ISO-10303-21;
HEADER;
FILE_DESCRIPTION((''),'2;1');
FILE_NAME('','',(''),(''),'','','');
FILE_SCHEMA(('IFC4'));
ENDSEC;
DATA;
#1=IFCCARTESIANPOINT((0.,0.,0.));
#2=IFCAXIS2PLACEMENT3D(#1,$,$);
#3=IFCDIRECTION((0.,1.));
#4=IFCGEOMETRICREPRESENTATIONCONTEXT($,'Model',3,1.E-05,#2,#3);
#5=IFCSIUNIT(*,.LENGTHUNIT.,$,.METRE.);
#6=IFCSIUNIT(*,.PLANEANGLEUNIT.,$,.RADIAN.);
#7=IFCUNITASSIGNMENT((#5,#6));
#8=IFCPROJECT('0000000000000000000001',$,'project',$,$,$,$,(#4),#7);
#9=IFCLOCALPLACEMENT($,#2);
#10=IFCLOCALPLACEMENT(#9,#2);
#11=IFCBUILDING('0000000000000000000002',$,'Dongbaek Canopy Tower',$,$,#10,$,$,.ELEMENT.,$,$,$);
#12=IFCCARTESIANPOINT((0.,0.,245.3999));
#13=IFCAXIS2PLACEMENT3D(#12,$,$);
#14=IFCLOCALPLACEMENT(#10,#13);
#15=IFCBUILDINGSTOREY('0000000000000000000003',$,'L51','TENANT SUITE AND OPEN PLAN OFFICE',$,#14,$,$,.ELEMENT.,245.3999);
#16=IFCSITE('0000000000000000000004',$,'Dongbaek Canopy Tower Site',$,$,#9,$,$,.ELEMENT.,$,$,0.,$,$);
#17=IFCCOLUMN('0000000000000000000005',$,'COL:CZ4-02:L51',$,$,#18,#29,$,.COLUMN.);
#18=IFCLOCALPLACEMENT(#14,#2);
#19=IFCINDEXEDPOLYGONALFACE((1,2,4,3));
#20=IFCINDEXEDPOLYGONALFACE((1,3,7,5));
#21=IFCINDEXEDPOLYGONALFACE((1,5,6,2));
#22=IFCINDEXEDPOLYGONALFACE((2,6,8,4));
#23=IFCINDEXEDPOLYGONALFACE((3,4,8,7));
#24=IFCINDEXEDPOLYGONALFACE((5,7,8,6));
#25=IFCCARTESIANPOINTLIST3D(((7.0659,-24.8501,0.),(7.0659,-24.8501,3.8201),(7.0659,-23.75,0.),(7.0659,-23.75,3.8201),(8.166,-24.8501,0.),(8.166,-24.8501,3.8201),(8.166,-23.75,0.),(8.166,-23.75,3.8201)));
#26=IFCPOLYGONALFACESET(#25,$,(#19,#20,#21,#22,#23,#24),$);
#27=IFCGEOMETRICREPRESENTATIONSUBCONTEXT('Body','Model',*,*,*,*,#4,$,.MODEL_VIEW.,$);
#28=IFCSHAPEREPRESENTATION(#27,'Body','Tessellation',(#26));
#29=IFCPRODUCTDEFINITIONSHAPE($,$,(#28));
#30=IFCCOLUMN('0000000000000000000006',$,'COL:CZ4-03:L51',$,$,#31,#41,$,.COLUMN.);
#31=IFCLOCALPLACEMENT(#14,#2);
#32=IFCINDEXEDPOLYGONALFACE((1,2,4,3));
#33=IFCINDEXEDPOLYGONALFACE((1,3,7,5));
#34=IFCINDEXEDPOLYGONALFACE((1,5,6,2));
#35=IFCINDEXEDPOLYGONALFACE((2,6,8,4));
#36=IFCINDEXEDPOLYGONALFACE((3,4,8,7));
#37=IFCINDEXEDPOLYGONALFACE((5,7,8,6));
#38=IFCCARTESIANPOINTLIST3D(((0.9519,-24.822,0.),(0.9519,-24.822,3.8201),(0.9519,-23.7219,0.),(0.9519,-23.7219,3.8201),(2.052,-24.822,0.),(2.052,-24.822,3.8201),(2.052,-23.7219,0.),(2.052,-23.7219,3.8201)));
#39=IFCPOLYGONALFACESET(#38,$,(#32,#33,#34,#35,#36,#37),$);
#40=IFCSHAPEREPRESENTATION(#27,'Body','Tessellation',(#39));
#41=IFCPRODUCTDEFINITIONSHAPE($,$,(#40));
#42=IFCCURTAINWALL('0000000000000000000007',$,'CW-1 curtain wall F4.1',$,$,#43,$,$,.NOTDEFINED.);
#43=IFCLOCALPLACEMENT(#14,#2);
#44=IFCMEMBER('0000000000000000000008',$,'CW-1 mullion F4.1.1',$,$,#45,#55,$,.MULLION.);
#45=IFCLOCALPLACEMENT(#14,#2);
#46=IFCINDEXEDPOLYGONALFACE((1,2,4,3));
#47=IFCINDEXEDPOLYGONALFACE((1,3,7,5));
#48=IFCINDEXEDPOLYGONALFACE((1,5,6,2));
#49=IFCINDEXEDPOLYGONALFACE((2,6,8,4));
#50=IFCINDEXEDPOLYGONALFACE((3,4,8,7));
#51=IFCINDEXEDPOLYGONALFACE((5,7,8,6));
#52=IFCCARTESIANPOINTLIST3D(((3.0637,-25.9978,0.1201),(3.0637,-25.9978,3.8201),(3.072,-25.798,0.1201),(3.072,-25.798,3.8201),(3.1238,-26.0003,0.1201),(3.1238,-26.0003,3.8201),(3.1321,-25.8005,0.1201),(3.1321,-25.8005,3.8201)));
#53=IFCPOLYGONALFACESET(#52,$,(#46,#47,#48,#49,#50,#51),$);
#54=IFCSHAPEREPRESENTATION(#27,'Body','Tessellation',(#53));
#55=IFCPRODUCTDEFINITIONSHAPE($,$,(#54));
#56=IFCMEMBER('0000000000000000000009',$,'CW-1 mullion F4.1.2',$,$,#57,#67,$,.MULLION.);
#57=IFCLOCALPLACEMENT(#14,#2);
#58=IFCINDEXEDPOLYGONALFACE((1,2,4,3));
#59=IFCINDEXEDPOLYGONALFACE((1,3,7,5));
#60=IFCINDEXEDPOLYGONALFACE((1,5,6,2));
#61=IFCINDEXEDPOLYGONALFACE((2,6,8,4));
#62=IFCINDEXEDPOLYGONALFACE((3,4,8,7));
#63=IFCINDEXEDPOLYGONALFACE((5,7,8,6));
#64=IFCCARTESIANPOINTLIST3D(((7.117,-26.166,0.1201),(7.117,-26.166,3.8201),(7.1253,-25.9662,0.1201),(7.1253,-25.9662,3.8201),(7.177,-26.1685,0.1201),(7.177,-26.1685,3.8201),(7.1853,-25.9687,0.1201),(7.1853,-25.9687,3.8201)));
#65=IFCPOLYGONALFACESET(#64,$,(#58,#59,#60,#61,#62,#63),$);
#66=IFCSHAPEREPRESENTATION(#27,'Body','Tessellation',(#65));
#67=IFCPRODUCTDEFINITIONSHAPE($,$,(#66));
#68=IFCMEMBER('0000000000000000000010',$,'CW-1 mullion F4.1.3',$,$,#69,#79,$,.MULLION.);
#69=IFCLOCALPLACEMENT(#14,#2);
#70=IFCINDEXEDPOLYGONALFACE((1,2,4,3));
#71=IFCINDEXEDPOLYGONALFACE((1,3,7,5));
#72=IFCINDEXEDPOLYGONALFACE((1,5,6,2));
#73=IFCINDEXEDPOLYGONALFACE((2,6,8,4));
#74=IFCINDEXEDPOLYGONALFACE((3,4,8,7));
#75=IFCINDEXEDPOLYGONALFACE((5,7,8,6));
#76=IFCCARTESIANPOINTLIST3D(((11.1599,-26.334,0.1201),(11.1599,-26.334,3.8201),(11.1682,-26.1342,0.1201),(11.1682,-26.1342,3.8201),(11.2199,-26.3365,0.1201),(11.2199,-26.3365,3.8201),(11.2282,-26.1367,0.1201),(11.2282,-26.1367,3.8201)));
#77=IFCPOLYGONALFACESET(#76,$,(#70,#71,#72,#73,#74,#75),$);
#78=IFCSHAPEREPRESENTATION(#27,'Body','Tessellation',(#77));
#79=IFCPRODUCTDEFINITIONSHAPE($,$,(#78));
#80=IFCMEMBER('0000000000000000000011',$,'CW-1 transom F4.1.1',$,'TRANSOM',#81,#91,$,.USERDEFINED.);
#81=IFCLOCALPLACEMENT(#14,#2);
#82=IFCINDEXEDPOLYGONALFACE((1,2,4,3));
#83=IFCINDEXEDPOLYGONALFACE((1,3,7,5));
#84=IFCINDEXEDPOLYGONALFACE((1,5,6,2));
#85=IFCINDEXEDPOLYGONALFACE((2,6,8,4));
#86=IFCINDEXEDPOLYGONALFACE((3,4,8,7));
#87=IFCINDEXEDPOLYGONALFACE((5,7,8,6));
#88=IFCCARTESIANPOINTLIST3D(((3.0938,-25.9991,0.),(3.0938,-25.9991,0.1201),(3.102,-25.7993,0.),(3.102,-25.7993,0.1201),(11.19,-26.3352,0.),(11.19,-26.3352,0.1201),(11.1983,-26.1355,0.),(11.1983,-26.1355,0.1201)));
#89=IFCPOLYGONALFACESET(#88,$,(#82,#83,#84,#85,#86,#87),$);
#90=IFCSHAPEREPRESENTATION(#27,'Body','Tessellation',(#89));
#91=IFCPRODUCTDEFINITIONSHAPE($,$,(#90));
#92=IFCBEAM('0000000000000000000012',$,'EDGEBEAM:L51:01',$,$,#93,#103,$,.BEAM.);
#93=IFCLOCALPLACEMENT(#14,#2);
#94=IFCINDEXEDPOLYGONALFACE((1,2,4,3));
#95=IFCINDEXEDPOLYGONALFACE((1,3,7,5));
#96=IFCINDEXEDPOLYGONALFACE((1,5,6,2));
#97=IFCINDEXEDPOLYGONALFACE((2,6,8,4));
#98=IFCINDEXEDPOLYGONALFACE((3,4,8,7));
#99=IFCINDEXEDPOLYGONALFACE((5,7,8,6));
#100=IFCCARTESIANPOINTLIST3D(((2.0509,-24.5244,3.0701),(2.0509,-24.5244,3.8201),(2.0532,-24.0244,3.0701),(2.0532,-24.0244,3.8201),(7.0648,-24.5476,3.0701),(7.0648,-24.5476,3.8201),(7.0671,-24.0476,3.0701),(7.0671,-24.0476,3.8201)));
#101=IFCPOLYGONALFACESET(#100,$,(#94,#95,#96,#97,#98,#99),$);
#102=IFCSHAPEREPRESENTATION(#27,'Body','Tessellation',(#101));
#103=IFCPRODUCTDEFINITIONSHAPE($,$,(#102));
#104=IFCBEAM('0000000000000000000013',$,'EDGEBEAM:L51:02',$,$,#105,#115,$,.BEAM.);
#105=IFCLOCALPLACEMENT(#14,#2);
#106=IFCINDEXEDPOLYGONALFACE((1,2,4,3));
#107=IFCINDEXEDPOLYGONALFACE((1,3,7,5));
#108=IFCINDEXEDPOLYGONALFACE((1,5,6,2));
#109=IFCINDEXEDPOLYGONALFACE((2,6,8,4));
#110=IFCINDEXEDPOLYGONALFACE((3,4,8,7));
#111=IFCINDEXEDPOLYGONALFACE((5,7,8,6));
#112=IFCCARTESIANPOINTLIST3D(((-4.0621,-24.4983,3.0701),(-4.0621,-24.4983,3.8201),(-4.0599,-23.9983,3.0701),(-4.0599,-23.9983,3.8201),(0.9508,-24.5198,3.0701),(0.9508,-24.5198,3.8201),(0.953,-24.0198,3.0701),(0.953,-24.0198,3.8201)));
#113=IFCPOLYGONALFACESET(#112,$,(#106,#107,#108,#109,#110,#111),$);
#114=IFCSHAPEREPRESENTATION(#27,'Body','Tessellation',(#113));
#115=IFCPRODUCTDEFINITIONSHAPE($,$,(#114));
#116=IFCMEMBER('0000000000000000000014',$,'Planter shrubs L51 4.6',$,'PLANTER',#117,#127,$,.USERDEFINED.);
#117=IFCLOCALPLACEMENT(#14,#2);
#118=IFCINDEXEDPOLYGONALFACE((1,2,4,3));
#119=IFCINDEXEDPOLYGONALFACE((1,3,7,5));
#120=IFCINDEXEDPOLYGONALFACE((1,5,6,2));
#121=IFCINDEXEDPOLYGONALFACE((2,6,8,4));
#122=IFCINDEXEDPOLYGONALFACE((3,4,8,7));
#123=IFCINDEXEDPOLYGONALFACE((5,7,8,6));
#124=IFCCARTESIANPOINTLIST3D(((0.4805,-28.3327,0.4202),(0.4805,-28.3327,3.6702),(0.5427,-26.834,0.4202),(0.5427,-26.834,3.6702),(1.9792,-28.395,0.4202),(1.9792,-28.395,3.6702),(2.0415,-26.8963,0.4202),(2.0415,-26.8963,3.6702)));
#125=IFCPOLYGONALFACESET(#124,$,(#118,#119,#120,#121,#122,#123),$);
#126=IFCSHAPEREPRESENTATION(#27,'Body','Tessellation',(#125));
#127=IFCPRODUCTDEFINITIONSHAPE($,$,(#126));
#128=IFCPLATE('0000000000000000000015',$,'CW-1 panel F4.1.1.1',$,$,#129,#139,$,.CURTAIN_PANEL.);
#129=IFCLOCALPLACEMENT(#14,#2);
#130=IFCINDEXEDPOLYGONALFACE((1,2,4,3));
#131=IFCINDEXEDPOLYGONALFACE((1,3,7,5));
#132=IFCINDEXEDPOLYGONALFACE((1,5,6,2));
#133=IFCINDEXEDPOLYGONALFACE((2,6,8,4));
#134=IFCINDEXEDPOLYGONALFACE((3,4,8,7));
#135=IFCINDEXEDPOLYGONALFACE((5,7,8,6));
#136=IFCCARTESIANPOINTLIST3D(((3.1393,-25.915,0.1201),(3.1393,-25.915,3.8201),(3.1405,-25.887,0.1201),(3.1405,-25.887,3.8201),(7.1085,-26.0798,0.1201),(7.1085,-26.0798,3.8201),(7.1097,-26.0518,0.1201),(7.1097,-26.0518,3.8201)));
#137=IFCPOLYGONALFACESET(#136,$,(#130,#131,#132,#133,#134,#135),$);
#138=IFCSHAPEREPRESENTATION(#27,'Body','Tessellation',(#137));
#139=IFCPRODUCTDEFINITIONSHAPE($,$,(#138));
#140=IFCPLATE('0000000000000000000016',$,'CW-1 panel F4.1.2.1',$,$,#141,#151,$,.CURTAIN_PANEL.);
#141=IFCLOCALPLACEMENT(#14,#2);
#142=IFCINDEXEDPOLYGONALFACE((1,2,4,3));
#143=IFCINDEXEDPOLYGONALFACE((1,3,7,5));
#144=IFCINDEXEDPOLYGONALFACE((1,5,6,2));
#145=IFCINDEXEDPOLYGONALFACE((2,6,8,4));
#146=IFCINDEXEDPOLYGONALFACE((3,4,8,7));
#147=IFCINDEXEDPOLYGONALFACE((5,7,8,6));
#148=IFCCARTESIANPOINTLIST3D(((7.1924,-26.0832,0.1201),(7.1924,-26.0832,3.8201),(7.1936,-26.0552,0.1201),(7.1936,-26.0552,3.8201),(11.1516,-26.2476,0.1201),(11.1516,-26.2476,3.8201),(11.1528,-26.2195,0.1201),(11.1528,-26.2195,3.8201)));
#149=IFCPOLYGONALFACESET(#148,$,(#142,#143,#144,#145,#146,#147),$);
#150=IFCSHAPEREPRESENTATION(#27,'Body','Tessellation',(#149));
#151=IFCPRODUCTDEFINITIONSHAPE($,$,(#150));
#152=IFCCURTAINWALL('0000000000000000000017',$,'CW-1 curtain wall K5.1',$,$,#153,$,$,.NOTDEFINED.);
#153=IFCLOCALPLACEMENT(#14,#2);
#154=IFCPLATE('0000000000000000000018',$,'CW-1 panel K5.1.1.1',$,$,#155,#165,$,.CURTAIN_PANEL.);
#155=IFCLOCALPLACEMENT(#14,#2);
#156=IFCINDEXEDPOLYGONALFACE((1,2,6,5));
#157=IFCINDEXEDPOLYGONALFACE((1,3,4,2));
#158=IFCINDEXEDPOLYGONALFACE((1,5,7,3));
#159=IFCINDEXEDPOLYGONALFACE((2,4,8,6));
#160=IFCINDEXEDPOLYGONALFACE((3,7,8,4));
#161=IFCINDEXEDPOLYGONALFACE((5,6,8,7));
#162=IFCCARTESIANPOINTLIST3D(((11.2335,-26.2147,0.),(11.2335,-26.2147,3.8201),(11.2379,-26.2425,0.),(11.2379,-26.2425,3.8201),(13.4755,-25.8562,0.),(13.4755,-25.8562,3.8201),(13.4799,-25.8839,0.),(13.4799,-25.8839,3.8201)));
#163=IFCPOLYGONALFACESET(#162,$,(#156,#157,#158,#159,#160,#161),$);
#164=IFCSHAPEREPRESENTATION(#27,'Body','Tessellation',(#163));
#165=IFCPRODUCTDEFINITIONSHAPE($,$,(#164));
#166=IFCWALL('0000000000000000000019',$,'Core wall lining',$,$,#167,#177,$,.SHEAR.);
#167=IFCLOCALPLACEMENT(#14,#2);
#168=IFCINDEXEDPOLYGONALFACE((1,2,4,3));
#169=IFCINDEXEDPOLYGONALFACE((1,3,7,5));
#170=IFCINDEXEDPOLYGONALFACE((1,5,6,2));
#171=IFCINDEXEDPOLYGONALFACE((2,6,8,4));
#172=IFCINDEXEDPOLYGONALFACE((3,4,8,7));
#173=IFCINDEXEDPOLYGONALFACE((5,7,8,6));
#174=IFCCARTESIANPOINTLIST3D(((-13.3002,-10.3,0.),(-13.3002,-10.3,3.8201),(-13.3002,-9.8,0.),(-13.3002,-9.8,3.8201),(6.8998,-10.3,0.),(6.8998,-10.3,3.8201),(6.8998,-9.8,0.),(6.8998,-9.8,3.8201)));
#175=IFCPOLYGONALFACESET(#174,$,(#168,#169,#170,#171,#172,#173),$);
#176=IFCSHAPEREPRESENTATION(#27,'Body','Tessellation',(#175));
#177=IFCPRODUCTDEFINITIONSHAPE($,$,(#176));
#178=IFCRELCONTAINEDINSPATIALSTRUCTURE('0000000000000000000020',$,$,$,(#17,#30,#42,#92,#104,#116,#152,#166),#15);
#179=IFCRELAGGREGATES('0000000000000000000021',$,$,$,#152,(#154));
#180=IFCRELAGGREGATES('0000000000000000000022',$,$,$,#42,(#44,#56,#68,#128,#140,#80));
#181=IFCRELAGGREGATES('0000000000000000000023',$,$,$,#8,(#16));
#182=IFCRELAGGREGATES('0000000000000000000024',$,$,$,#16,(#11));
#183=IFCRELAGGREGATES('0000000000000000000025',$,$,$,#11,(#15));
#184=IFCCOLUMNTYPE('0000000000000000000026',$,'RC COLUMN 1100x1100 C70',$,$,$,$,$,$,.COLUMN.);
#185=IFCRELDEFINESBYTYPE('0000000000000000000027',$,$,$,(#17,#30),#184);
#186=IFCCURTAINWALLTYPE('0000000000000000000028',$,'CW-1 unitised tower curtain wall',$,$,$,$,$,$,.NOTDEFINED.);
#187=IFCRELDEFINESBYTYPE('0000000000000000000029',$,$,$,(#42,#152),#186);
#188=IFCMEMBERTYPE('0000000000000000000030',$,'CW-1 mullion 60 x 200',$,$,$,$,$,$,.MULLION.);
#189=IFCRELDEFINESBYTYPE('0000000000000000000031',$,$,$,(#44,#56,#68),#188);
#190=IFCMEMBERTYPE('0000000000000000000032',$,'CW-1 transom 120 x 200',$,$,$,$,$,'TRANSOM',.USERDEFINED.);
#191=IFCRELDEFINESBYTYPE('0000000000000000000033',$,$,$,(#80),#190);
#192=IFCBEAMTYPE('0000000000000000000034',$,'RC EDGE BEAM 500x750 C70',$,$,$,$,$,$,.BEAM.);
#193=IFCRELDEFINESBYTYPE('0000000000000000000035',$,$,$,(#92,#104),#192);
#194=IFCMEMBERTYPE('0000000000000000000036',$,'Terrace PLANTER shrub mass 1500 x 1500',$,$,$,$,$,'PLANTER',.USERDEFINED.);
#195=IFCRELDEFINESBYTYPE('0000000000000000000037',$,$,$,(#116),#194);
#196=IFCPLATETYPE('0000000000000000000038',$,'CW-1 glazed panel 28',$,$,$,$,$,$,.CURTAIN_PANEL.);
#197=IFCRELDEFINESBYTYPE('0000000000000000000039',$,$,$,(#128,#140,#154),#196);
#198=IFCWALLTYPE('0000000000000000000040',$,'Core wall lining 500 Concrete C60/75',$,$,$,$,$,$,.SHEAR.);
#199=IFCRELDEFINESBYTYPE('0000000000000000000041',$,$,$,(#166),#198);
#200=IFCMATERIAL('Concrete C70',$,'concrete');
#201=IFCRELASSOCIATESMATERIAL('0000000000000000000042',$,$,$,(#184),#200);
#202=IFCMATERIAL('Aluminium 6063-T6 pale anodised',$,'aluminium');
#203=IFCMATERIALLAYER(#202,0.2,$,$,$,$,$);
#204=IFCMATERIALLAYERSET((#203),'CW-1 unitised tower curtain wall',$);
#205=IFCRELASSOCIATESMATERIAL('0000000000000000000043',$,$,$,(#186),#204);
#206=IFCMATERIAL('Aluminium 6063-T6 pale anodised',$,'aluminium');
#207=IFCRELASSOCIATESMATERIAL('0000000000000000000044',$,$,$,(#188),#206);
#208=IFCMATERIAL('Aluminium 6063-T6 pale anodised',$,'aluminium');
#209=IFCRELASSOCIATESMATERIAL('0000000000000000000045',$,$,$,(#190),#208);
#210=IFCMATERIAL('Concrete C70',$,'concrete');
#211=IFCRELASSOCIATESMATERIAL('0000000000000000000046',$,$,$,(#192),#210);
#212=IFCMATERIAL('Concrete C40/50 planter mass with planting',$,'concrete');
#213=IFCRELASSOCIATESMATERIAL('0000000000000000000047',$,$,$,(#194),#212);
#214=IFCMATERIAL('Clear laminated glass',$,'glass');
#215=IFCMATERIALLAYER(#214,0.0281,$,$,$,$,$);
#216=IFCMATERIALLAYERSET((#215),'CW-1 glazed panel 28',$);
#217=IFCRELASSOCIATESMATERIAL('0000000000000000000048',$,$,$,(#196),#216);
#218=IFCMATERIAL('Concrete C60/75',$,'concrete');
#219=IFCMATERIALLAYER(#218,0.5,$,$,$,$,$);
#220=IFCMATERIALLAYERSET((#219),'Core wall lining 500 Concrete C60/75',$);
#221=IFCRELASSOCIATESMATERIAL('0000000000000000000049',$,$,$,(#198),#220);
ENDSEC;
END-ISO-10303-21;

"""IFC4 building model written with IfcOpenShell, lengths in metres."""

from ifc_helpers import new_model, si_unit, direction, frame, frame_2d, origin, origin_2d, place, context, subcontext, project, spatial, rectangle, extrude, material, layer, layer_set, material_profile, profile_set, type_object, element, aggregate, save


model = new_model("IFC4")

# Units and contexts
model_context = context("Model", 3, precision=1e-05, world=origin(), true_north=direction((0.0, 1.0)))
body_context = subcontext(model_context, "Body", "Model", "MODEL_VIEW")
ifc_project = project(units=[si_unit("LENGTHUNIT", "METRE"), si_unit("PLANEANGLEUNIT", "RADIAN")], contexts=[model_context])

# Site, building, storey
site_placement = place(None, origin())
site = spatial("IfcSite", under=ifc_project, at=site_placement, Name="Dongbaek Canopy Tower Site", CompositionType="ELEMENT", RefElevation=0.0)
building_placement = place(site_placement, origin())
building = spatial("IfcBuilding", under=site, at=building_placement, Name="Dongbaek Canopy Tower", CompositionType="ELEMENT")
storey_placement = place(building_placement, frame((0.0, 0.0, 245.3999)))
storey = spatial("IfcBuildingStorey", under=building, at=storey_placement, Name="L51", Description="TENANT SUITE AND OPEN PLAN OFFICE", CompositionType="ELEMENT", Elevation=245.3999)

# Columns
ifc_material_1 = material(Name="Concrete C70", Category="concrete")
ifc_material_profile_1 = material_profile(ifc_material_1, rectangle(XDim=1.1001, YDim=1.1001, at=origin_2d()), Name="RC COLUMN 1100x1100 C70")
ifc_profile_set_1 = profile_set([ifc_material_profile_1], Name="Concrete C70")
column_type = type_object("IfcColumnType", Name="RC COLUMN 1100x1100 C70", PredefinedType="COLUMN", material=ifc_profile_set_1)
for number, where, z_axis, x_axis, name in (
    (1, (7.616, -24.3, 0.0), (0.0, 0.0, 1.0), (1.0, 0.0, 0.0), "COL:CZ4-02:L51"),
    (2, (1.502, -24.272, 0.0), (0.0, 0.0, 1.0), (1.0, 0.0, 0.0), "COL:CZ4-03:L51"),
):
    element("IfcColumn", number, at=place(storey_placement, frame(where, z_axis=z_axis, x_axis=x_axis)), inside=storey, type_object=column_type, Name=name, PredefinedType="COLUMN", context=body_context, shape_type="SweptSolid", body=[
        extrude(rectangle(XDim=1.1001, YDim=1.1001, at=origin_2d()), origin(), (0.0, 0.0, 1.0), 3.8201),
    ])

# Curtain wall, members
ifc_material_2 = material(Name="Aluminium 6063-T6 pale anodised", Category="aluminium")
ifc_layer_1 = layer(ifc_material_2, 0.2)
ifc_layer_set_1 = layer_set([ifc_layer_1], Name="CW-1 unitised tower curtain wall")
curtain_wall_type = type_object("IfcCurtainWallType", Name="CW-1 unitised tower curtain wall", PredefinedType="NOTDEFINED", material=ifc_layer_set_1)
curtain_wall_1_placement = place(storey_placement, origin())
curtain_wall_1 = element("IfcCurtainWall", 3, at=curtain_wall_1_placement, inside=storey, type_object=curtain_wall_type, Name="CW-1 curtain wall F4.1", PredefinedType="NOTDEFINED")
ifc_material_3 = material(Name="Aluminium 6063-T6 pale anodised", Category="aluminium")
ifc_material_profile_2 = material_profile(ifc_material_3, rectangle(XDim=0.2, YDim=0.0601, at=origin_2d()), Name="CW-1 mullion 60 x 200")
ifc_profile_set_2 = profile_set([ifc_material_profile_2], Name="Aluminium 6063-T6 pale anodised")
member_type_1 = type_object("IfcMemberType", Name="CW-1 mullion 60 x 200", PredefinedType="MULLION", material=ifc_profile_set_2)
member_1_placement = place(storey_placement, frame((3.0979, -25.8992, 0.1201), z_axis=(0.0, 0.0, 1.0), x_axis=(-0.041481, -0.999139, 0.0)))
member_1 = element("IfcMember", 4, at=member_1_placement, type_object=member_type_1, Name="CW-1 mullion F4.1.1", PredefinedType="MULLION", context=body_context, shape_type="SweptSolid", body=[
    extrude(rectangle(XDim=0.2, YDim=0.0601, at=origin_2d()), origin(), (0.0, 0.0, 1.0), 3.7),
])
member_2_placement = place(storey_placement, frame((7.1511, -26.0674, 0.1201), z_axis=(0.0, 0.0, 1.0), x_axis=(-0.041481, -0.999139, 0.0)))
member_2 = element("IfcMember", 5, at=member_2_placement, type_object=member_type_1, Name="CW-1 mullion F4.1.2", PredefinedType="MULLION", context=body_context, shape_type="SweptSolid", body=[
    extrude(rectangle(XDim=0.2, YDim=0.0601, at=origin_2d()), origin(), (0.0, 0.0, 1.0), 3.7),
])
member_3_placement = place(storey_placement, frame((11.1941, -26.2354, 0.1201), z_axis=(0.0, 0.0, 1.0), x_axis=(-0.041481, -0.999139, 0.0)))
member_3 = element("IfcMember", 6, at=member_3_placement, type_object=member_type_1, Name="CW-1 mullion F4.1.3", PredefinedType="MULLION", context=body_context, shape_type="SweptSolid", body=[
    extrude(rectangle(XDim=0.2, YDim=0.0601, at=origin_2d()), origin(), (0.0, 0.0, 1.0), 3.7),
])
ifc_material_4 = material(Name="Aluminium 6063-T6 pale anodised", Category="aluminium")
ifc_material_profile_3 = material_profile(ifc_material_4, rectangle(XDim=0.2, YDim=0.1201, at=origin_2d()), Name="CW-1 transom 120 x 200")
ifc_profile_set_3 = profile_set([ifc_material_profile_3], Name="Aluminium 6063-T6 pale anodised")
member_type_2 = type_object("IfcMemberType", Name="CW-1 transom 120 x 200", ElementType="TRANSOM", PredefinedType="USERDEFINED", material=ifc_profile_set_3)
member_4_placement = place(storey_placement, frame((3.0979, -25.8992, 0.0601), z_axis=(0.999139, -0.041488, 0.0), x_axis=(0.041488, 0.999139, 0.0)))
member_4 = element("IfcMember", 7, at=member_4_placement, type_object=member_type_2, Name="CW-1 transom F4.1.1", ObjectType="TRANSOM", PredefinedType="USERDEFINED", context=body_context, shape_type="SweptSolid", body=[
    extrude(rectangle(XDim=0.2, YDim=0.1201, at=origin_2d()), origin(), (0.0, 0.0, 1.0), 8.1033),
])

# Beams
ifc_material_5 = material(Name="Concrete C70", Category="concrete")
ifc_material_profile_4 = material_profile(ifc_material_5, rectangle(XDim=0.5, YDim=0.75, at=origin_2d()), Name="RC EDGE BEAM 500x750 C70")
ifc_profile_set_4 = profile_set([ifc_material_profile_4], Name="Concrete C70")
beam_type = type_object("IfcBeamType", Name="RC EDGE BEAM 500x750 C70", PredefinedType="BEAM", material=ifc_profile_set_4)
beam_1_placement = place(storey_placement, frame((7.0659, -24.2976, 3.4451), z_axis=(-0.999989, 0.004626, 0.0), x_axis=(-0.004626, -0.999989, 0.0)))
element("IfcBeam", 8, at=beam_1_placement, inside=storey, type_object=beam_type, Name="EDGEBEAM:L51:01", PredefinedType="BEAM", context=body_context, shape_type="SweptSolid", body=[
    extrude(rectangle(XDim=0.5, YDim=0.75, at=origin_2d()), origin(), (0.0, 0.0, 1.0), 5.0139),
])
beam_2_placement = place(storey_placement, frame((0.9519, -24.2698, 3.4451), z_axis=(-0.999991, 0.004286, 0.0), x_axis=(-0.004286, -0.999991, 0.0)))
element("IfcBeam", 9, at=beam_2_placement, inside=storey, type_object=beam_type, Name="EDGEBEAM:L51:02", PredefinedType="BEAM", context=body_context, shape_type="SweptSolid", body=[
    extrude(rectangle(XDim=0.5, YDim=0.75, at=origin_2d()), origin(), (0.0, 0.0, 1.0), 5.0129),
])

# Member
ifc_material_6 = material(Name="Concrete C40/50 planter mass with planting", Category="concrete")
ifc_material_profile_5 = material_profile(ifc_material_6, rectangle(XDim=1.5, YDim=1.5, at=origin_2d()), Name="Terrace PLANTER shrub mass 1500 x 1500")
ifc_profile_set_5 = profile_set([ifc_material_profile_5], Name="Concrete C40/50 planter mass with planting")
member_type_3 = type_object("IfcMemberType", Name="Terrace PLANTER shrub mass 1500 x 1500", ElementType="PLANTER", PredefinedType="USERDEFINED", material=ifc_profile_set_5)
member_5_placement = place(storey_placement, frame((1.261, -27.6145, 0.4202), z_axis=(0.0, 0.0, 1.0), x_axis=(-0.041481, -0.999139, 0.0)))
element("IfcMember", 10, at=member_5_placement, inside=storey, type_object=member_type_3, Name="Planter shrubs L51 4.6", ObjectType="PLANTER", PredefinedType="USERDEFINED", context=body_context, shape_type="SweptSolid", body=[
    extrude(rectangle(XDim=1.5, YDim=1.5, at=origin_2d()), origin(), (0.0, 0.0, 1.0), 3.25),
])

# Plates
ifc_material_7 = material(Name="Clear laminated glass", Category="glass")
ifc_layer_2 = layer(ifc_material_7, 0.0281)
ifc_layer_set_2 = layer_set([ifc_layer_2], Name="CW-1 glazed panel 28")
plate_type = type_object("IfcPlateType", Name="CW-1 glazed panel 28", PredefinedType="CURTAIN_PANEL", material=ifc_layer_set_2)
plate_1_placement = place(storey_placement, frame((5.1245, -25.9834, 0.1201), z_axis=(0.0, 0.0, 1.0), x_axis=(0.999139, -0.041481, 0.0)))
plate_1 = element("IfcPlate", 11, at=plate_1_placement, type_object=plate_type, Name="CW-1 panel F4.1.1.1", PredefinedType="CURTAIN_PANEL", context=body_context, shape_type="SweptSolid", body=[
    extrude(rectangle(XDim=3.9727, YDim=0.0281, at=origin_2d()), origin(), (0.0, 0.0, 1.0), 3.7),
])
plate_2_placement = place(storey_placement, frame((9.1726, -26.1514, 0.1201), z_axis=(0.0, 0.0, 1.0), x_axis=(0.999139, -0.041481, 0.0)))
plate_2 = element("IfcPlate", 12, at=plate_2_placement, type_object=plate_type, Name="CW-1 panel F4.1.2.1", PredefinedType="CURTAIN_PANEL", context=body_context, shape_type="SweptSolid", body=[
    extrude(rectangle(XDim=3.9626, YDim=0.0281, at=origin_2d()), origin(), (0.0, 0.0, 1.0), 3.7),
])

# Curtain wall, plate
curtain_wall_2_placement = place(storey_placement, origin())
curtain_wall_2 = element("IfcCurtainWall", 13, at=curtain_wall_2_placement, inside=storey, type_object=curtain_wall_type, Name="CW-1 curtain wall K5.1", PredefinedType="NOTDEFINED")
plate_3_placement = place(storey_placement, frame((12.3567, -26.0493, 0.0), z_axis=(0.0, 0.0, 1.0), x_axis=(0.987452, 0.157918, 0.0)))
plate_3 = element("IfcPlate", 14, at=plate_3_placement, type_object=plate_type, Name="CW-1 panel K5.1.1.1", PredefinedType="CURTAIN_PANEL", context=body_context, shape_type="SweptSolid", body=[
    extrude(rectangle(XDim=2.2705, YDim=0.0281, at=origin_2d()), origin(), (0.0, 0.0, 1.0), 3.8201),
])
aggregate(curtain_wall_2, [plate_3])

# Wall
ifc_material_8 = material(Name="Concrete C60/75", Category="concrete")
ifc_layer_3 = layer(ifc_material_8, 0.5)
ifc_layer_set_3 = layer_set([ifc_layer_3], Name="Core wall lining 500 Concrete C60/75")
wall_type_1 = type_object("IfcWallType", Name="Core wall lining 500 Concrete C60/75", PredefinedType="SHEAR", material=ifc_layer_set_3)
wall_1_placement = place(storey_placement, frame((6.8999, -10.05, 0.0), z_axis=(0.0, 0.0, 1.0), x_axis=(-1.0, 0.0, 0.0)))
element("IfcWall", 15, at=wall_1_placement, inside=storey, type_object=wall_type_1, Name="Core wall lining", PredefinedType="SHEAR", context=body_context, shape_type="SweptSolid", body=[
    extrude(rectangle(XDim=20.2, YDim=0.5, at=frame_2d((10.1001, 0.0))), origin(), (0.0, 0.0, 1.0), 3.8201),
])

aggregate(curtain_wall_1, [member_1, member_2, member_3, plate_1, plate_2, member_4])

save(model, "model.ifc")
